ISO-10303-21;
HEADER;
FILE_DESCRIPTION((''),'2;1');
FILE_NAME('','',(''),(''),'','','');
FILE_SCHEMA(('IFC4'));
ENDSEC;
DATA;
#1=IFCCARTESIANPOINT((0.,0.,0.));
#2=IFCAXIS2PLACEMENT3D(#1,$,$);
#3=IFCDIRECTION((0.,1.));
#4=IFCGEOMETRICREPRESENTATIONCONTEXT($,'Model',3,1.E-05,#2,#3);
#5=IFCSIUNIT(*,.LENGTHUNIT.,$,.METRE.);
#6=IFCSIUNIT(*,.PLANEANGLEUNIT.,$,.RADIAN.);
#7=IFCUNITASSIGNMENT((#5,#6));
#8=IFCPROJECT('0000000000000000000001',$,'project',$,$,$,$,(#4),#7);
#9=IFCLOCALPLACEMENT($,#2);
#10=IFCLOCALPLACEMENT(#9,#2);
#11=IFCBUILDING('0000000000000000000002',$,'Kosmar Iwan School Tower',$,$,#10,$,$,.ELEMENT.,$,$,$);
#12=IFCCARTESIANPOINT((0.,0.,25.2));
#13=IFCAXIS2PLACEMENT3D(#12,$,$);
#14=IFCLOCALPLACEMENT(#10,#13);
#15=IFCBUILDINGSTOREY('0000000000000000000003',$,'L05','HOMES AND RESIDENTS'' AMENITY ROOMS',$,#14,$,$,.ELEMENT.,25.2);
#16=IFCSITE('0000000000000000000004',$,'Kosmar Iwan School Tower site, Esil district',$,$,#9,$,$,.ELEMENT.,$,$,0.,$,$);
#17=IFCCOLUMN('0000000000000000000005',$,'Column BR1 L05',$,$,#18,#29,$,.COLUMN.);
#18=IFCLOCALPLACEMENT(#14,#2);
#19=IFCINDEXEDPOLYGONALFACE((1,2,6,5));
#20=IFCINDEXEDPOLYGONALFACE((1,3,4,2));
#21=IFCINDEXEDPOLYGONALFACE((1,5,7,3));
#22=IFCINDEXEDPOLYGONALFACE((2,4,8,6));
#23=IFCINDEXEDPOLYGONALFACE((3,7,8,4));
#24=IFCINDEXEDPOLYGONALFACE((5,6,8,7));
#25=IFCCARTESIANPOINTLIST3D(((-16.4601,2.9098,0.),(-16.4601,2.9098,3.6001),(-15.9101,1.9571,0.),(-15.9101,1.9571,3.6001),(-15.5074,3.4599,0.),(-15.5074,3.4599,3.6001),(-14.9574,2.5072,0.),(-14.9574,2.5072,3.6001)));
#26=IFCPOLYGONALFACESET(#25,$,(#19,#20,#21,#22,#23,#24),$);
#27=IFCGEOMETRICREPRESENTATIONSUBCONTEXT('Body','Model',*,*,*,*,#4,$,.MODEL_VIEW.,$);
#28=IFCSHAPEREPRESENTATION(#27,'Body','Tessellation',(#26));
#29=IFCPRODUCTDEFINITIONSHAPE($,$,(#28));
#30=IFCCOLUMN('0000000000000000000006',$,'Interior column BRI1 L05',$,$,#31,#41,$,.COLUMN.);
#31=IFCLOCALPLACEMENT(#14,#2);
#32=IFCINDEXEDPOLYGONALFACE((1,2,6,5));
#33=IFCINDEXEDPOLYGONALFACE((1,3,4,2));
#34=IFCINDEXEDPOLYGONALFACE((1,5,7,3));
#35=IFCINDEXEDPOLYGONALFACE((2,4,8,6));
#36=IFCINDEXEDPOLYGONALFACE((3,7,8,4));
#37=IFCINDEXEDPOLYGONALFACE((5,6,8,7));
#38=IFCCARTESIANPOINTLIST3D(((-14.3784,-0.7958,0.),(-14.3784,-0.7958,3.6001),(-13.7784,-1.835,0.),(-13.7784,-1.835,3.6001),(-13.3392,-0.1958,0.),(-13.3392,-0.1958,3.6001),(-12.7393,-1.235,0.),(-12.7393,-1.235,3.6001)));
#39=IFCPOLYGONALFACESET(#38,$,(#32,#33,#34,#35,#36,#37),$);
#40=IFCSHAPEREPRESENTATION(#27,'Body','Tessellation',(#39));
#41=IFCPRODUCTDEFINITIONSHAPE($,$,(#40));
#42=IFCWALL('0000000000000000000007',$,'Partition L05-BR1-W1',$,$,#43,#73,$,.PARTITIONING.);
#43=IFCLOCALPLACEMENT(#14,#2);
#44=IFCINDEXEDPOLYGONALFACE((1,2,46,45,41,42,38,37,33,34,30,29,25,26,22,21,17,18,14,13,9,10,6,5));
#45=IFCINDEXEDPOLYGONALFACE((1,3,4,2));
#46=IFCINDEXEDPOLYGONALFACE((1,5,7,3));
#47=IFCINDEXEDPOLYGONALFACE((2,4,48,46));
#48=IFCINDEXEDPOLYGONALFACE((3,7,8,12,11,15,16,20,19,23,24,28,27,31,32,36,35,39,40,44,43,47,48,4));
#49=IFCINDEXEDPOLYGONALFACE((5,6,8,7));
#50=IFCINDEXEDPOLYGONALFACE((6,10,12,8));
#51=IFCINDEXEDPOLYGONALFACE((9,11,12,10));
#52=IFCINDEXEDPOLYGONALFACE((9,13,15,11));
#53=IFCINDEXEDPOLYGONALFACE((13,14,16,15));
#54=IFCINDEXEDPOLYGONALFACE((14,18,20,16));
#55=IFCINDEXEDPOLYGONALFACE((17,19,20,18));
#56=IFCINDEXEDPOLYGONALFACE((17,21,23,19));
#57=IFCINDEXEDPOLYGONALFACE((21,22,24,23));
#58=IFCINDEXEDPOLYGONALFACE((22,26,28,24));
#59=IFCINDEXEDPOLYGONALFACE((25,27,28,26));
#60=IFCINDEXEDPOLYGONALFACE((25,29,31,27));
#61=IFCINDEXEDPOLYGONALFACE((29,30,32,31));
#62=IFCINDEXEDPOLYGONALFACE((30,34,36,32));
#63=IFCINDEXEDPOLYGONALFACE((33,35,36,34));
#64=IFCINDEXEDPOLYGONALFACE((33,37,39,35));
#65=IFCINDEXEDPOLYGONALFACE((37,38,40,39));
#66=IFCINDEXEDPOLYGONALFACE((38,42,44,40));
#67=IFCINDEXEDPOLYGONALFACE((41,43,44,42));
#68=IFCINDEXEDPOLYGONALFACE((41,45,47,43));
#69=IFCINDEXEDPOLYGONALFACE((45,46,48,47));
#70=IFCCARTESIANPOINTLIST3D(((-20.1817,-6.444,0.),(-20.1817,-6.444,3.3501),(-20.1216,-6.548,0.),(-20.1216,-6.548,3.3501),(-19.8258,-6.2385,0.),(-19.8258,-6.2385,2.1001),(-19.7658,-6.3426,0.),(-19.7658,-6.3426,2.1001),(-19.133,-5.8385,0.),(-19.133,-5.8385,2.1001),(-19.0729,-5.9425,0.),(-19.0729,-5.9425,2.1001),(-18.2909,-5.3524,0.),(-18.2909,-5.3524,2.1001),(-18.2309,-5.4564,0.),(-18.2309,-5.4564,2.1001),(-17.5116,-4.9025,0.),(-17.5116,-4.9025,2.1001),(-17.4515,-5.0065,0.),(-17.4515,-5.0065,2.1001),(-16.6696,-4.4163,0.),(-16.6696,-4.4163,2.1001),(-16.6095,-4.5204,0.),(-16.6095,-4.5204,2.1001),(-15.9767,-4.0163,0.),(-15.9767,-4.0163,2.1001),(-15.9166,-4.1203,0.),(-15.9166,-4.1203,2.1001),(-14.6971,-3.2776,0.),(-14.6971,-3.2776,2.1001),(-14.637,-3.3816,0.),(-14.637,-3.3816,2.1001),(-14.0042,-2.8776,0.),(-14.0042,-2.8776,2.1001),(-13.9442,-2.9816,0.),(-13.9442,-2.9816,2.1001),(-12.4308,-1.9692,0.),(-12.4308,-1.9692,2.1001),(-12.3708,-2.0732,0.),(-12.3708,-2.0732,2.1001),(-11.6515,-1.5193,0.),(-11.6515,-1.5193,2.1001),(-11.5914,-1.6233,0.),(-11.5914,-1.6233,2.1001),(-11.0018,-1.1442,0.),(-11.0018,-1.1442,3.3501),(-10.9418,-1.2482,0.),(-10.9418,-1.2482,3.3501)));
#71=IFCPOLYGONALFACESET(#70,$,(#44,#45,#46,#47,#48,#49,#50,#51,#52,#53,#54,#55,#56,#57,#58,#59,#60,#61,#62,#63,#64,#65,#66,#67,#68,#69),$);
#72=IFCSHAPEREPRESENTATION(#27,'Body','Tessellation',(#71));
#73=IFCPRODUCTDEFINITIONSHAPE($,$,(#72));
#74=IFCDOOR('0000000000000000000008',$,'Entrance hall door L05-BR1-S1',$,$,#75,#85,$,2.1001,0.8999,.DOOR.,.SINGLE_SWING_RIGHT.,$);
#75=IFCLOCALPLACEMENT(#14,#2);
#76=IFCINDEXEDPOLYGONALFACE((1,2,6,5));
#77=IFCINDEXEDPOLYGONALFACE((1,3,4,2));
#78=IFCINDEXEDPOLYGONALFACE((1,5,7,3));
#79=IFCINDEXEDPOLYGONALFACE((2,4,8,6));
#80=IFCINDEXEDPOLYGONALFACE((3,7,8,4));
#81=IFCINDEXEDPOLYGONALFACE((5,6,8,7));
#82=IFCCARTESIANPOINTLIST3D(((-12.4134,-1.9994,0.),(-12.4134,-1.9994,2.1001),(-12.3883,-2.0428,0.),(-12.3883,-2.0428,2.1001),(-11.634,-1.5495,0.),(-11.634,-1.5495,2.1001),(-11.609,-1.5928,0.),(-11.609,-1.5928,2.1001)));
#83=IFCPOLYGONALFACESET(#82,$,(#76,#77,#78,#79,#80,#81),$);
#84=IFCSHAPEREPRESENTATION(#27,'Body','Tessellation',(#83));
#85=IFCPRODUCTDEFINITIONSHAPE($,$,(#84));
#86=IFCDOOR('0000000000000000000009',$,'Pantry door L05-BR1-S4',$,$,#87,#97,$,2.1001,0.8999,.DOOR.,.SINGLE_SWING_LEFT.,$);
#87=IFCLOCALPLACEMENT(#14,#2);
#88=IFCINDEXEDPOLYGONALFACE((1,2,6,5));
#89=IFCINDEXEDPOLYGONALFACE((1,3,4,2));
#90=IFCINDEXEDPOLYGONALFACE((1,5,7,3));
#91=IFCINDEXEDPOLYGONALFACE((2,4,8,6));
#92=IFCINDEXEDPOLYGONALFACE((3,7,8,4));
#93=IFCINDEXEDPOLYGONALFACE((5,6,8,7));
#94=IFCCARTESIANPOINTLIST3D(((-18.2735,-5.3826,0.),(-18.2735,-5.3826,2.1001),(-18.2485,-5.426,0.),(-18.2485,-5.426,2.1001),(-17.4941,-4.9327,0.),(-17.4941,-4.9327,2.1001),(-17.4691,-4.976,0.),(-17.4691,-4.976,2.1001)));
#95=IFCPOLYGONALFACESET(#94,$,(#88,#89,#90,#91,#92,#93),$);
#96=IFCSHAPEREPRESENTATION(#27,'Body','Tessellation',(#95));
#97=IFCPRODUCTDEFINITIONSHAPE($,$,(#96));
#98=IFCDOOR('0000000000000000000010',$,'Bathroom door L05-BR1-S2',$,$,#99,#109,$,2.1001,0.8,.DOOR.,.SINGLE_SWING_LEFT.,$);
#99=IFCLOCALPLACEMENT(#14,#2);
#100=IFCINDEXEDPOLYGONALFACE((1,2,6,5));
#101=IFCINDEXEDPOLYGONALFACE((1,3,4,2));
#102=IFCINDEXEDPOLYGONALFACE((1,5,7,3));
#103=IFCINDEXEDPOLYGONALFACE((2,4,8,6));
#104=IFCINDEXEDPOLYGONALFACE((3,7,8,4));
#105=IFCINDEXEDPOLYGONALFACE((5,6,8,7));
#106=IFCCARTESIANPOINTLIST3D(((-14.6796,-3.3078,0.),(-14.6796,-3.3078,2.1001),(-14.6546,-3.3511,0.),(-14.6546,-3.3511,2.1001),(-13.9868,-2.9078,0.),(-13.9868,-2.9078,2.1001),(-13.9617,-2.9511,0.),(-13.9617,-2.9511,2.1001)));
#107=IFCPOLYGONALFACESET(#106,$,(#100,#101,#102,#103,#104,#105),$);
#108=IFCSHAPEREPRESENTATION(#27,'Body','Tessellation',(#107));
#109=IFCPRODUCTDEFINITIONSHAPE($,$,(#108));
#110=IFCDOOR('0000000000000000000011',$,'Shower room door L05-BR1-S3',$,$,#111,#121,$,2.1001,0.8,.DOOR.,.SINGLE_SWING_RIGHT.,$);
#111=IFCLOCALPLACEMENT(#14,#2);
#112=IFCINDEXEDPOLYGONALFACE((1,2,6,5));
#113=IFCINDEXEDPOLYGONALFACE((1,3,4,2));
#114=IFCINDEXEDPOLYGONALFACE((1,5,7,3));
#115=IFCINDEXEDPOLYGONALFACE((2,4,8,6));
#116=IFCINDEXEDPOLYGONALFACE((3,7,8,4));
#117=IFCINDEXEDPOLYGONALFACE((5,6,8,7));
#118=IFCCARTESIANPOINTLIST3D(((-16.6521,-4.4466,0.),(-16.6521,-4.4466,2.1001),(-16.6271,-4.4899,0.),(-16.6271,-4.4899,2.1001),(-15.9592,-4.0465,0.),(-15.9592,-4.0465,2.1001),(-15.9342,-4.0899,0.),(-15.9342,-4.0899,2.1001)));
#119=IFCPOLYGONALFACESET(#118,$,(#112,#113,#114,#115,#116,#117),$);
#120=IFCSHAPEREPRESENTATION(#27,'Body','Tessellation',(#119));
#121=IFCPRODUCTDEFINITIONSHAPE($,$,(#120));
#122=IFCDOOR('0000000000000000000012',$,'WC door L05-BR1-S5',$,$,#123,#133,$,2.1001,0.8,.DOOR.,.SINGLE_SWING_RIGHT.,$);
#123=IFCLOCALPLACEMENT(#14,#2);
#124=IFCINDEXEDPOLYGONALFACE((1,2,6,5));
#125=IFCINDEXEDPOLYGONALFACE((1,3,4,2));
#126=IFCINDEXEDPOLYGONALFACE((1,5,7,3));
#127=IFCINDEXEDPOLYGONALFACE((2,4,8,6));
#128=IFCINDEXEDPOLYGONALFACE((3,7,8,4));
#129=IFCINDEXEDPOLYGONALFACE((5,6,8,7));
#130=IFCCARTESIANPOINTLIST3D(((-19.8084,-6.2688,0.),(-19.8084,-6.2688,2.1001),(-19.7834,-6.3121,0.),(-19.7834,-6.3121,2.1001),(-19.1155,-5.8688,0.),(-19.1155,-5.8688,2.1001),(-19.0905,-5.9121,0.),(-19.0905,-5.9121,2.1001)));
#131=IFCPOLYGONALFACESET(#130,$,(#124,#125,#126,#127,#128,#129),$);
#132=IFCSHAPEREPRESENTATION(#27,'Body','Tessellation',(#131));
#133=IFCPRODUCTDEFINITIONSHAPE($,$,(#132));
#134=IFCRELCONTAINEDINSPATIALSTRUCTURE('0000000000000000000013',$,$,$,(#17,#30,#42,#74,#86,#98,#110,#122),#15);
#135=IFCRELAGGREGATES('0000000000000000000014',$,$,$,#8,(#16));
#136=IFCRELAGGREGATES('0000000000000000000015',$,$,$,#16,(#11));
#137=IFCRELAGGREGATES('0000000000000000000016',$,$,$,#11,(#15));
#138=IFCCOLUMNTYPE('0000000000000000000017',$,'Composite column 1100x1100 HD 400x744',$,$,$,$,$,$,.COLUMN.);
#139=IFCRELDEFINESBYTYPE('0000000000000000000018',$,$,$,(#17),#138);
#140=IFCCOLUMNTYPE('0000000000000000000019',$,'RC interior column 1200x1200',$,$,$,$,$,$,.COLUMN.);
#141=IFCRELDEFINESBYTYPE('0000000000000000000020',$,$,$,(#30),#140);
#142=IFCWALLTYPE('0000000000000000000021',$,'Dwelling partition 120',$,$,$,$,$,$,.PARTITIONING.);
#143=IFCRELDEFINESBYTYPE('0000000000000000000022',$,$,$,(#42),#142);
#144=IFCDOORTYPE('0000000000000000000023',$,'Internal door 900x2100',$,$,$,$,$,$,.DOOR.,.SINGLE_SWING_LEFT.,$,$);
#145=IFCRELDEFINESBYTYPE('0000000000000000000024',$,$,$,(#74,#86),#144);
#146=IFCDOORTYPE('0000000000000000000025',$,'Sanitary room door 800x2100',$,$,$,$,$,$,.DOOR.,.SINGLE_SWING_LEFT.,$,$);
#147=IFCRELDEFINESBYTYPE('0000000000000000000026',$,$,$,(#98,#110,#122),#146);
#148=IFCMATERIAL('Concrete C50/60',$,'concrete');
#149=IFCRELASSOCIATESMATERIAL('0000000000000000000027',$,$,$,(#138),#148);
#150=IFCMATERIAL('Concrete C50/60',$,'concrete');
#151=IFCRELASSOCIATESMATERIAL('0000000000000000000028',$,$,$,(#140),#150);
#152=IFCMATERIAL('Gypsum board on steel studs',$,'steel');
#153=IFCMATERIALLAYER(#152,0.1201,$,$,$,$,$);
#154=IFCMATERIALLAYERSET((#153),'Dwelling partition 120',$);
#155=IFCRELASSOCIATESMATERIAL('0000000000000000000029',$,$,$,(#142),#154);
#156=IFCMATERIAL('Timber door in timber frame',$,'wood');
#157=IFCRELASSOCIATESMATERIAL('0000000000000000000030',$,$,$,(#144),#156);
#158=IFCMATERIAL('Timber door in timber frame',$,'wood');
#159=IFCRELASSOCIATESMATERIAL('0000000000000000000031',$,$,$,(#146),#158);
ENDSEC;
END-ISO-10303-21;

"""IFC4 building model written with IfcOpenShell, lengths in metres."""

from ifc_helpers import new_model, si_unit, direction, frame, frame_2d, origin, origin_2d, place, context, subcontext, project, spatial, rectangle, extrude, material, layer, layer_set, material_profile, profile_set, type_object, element, fill, save


model = new_model("IFC4")

# Units and contexts
model_context = context("Model", 3, precision=1e-05, world=origin(), true_north=direction((0.0, 1.0)))
body_context = subcontext(model_context, "Body", "Model", "MODEL_VIEW")
ifc_project = project(units=[si_unit("LENGTHUNIT", "METRE"), si_unit("PLANEANGLEUNIT", "RADIAN")], contexts=[model_context])

# Site, building, storey
site_placement = place(None, origin())
site = spatial("IfcSite", under=ifc_project, at=site_placement, Name="Kosmar Iwan School Tower site, Esil district", CompositionType="ELEMENT", RefElevation=0.0)
building_placement = place(site_placement, origin())
building = spatial("IfcBuilding", under=site, at=building_placement, Name="Kosmar Iwan School Tower", CompositionType="ELEMENT")
storey_placement = place(building_placement, frame((0.0, 0.0, 25.2)))
storey = spatial("IfcBuildingStorey", under=building, at=storey_placement, Name="L05", Description="HOMES AND RESIDENTS' AMENITY ROOMS", CompositionType="ELEMENT", Elevation=25.2)

# Columns
ifc_material_1 = material(Name="Concrete C50/60", Category="concrete")
ifc_material_profile_1 = material_profile(ifc_material_1, rectangle(XDim=1.1001, YDim=1.1001, at=origin_2d()), Name="RC 1100x1100 + HD 400x744")
ifc_profile_set_1 = profile_set([ifc_material_profile_1], Name="Concrete C50/60")
column_type_1 = type_object("IfcColumnType", Name="Composite column 1100x1100 HD 400x744", PredefinedType="COLUMN", material=ifc_profile_set_1)
column_1_placement = place(storey_placement, frame((-15.7087, 2.7085, 0.0), z_axis=(0.0, 0.0, 1.0), x_axis=(-0.866025, -0.5, 0.0)))
element("IfcColumn", 1, at=column_1_placement, inside=storey, type_object=column_type_1, Name="Column BR1 L05", PredefinedType="COLUMN", context=body_context, shape_type="SweptSolid", body=[
    extrude(rectangle(XDim=1.1001, YDim=1.1001, at=origin_2d()), origin(), (0.0, 0.0, 1.0), 3.6001),
])
ifc_material_2 = material(Name="Concrete C50/60", Category="concrete")
ifc_material_profile_2 = material_profile(ifc_material_2, rectangle(XDim=1.2, YDim=1.2, at=origin_2d()), Name="RC 1200x1200")
ifc_profile_set_2 = profile_set([ifc_material_profile_2], Name="Concrete C50/60")
column_type_2 = type_object("IfcColumnType", Name="RC interior column 1200x1200", PredefinedType="COLUMN", material=ifc_profile_set_2)
column_2_placement = place(storey_placement, frame((-13.5588, -1.0154, 0.0), z_axis=(0.0, 0.0, 1.0), x_axis=(-0.866025, -0.5, 0.0)))
element("IfcColumn", 2, at=column_2_placement, inside=storey, type_object=column_type_2, Name="Interior column BRI1 L05", PredefinedType="COLUMN", context=body_context, shape_type="SweptSolid", body=[
    extrude(rectangle(XDim=1.2, YDim=1.2, at=origin_2d()), origin(), (0.0, 0.0, 1.0), 3.6001),
])

# Wall, openings, doors
ifc_material_3 = material(Name="Gypsum board on steel studs", Category="steel")
ifc_layer = layer(ifc_material_3, 0.1201)
ifc_layer_set = layer_set([ifc_layer], Name="Dwelling partition 120")
wall_type = type_object("IfcWallType", Name="Dwelling partition 120", PredefinedType="PARTITIONING", material=ifc_layer_set)
wall_1_placement = place(storey_placement, frame((-10.9719, -1.1963, 0.0), z_axis=(0.0, 0.0, 1.0), x_axis=(-0.866035, -0.499984, 0.0)))
wall_1 = element("IfcWall", 3, at=wall_1_placement, inside=storey, type_object=wall_type, Name="Partition L05-BR1-W1", PredefinedType="PARTITIONING", context=body_context, shape_type="SweptSolid", body=[
    extrude(rectangle(XDim=10.5999, YDim=0.1201, at=frame_2d((5.2998, 0.0))), origin(), (0.0, 0.0, 1.0), 3.3501),
])
opening_1_placement = place(wall_1_placement, frame((0.75, 0.0, 0.0)))
opening_1 = element("IfcOpeningElement", 4, at=opening_1_placement, cuts=wall_1, PredefinedType="OPENING", context=body_context, shape_type="SweptSolid", body=[
    extrude(rectangle(XDim=0.8999, YDim=2.1001, at=frame_2d((0.45, 1.05))), frame((0.0, 0.072, 0.0), z_axis=(0.0, -1.0, 0.0), x_axis=(1.0, 0.0, 0.0)), (0.0, 0.0, 1.0), 0.144),
])
opening_2_placement = place(wall_1_placement, frame((3.4668, 0.0, 0.0)))
opening_2 = element("IfcOpeningElement", 5, at=opening_2_placement, cuts=wall_1, PredefinedType="OPENING", context=body_context, shape_type="SweptSolid", body=[
    extrude(rectangle(XDim=0.8, YDim=2.1001, at=frame_2d((0.3999, 1.05))), frame((0.0, 0.072, 0.0), z_axis=(0.0, -1.0, 0.0), x_axis=(1.0, 0.0, 0.0)), (0.0, 0.0, 1.0), 0.144),
])
opening_3_placement = place(wall_1_placement, frame((5.7444, 0.0, 0.0)))
opening_3 = element("IfcOpeningElement", 6, at=opening_3_placement, cuts=wall_1, PredefinedType="OPENING", context=body_context, shape_type="SweptSolid", body=[
    extrude(rectangle(XDim=0.8, YDim=2.1001, at=frame_2d((0.3999, 1.05))), frame((0.0, 0.072, 0.0), z_axis=(0.0, -1.0, 0.0), x_axis=(1.0, 0.0, 0.0)), (0.0, 0.0, 1.0), 0.144),
])
opening_4_placement = place(wall_1_placement, frame((7.5166, 0.0, 0.0)))
opening_4 = element("IfcOpeningElement", 7, at=opening_4_placement, cuts=wall_1, PredefinedType="OPENING", context=body_context, shape_type="SweptSolid", body=[
    extrude(rectangle(XDim=0.8999, YDim=2.1001, at=frame_2d((0.45, 1.05))), frame((0.0, 0.072, 0.0), z_axis=(0.0, -1.0, 0.0), x_axis=(1.0, 0.0, 0.0)), (0.0, 0.0, 1.0), 0.144),
])
opening_5_placement = place(wall_1_placement, frame((9.3889, 0.0, 0.0)))
opening_5 = element("IfcOpeningElement", 8, at=opening_5_placement, cuts=wall_1, PredefinedType="OPENING", context=body_context, shape_type="SweptSolid", body=[
    extrude(rectangle(XDim=0.8, YDim=2.1001, at=frame_2d((0.3999, 1.05))), frame((0.0, 0.072, 0.0), z_axis=(0.0, -1.0, 0.0), x_axis=(1.0, 0.0, 0.0)), (0.0, 0.0, 1.0), 0.144),
])
ifc_material_4 = material(Name="Timber door in timber frame", Category="wood")
door_type_1 = type_object("IfcDoorType", Name="Internal door 900x2100", OperationType="SINGLE_SWING_LEFT", PredefinedType="DOOR", material=ifc_material_4)
door_1_placement = place(opening_1_placement, origin())
door_1 = element("IfcDoor", 9, at=door_1_placement, inside=storey, type_object=door_type_1, Name="Entrance hall door L05-BR1-S1", OperationType="SINGLE_SWING_RIGHT", OverallHeight=2.1001, OverallWidth=0.8999, PredefinedType="DOOR", context=body_context, shape_type="SweptSolid", body=[
    extrude(rectangle(XDim=0.8999, YDim=2.1001, at=frame_2d((0.45, 1.05))), frame((0.0, 0.0249, 0.0), z_axis=(0.0, -1.0, 0.0), x_axis=(1.0, 0.0, 0.0)), (0.0, 0.0, 1.0), 0.05),
])
fill(opening_1, door_1)
door_2_placement = place(opening_4_placement, origin())
door_2 = element("IfcDoor", 10, at=door_2_placement, inside=storey, type_object=door_type_1, Name="Pantry door L05-BR1-S4", OperationType="SINGLE_SWING_LEFT", OverallHeight=2.1001, OverallWidth=0.8999, PredefinedType="DOOR", context=body_context, shape_type="SweptSolid", body=[
    extrude(rectangle(XDim=0.8999, YDim=2.1001, at=frame_2d((0.45, 1.05))), frame((0.0, 0.0249, 0.0), z_axis=(0.0, -1.0, 0.0), x_axis=(1.0, 0.0, 0.0)), (0.0, 0.0, 1.0), 0.05),
])
fill(opening_4, door_2)
ifc_material_5 = material(Name="Timber door in timber frame", Category="wood")
door_type_2 = type_object("IfcDoorType", Name="Sanitary room door 800x2100", OperationType="SINGLE_SWING_LEFT", PredefinedType="DOOR", material=ifc_material_5)
door_3_placement = place(opening_2_placement, origin())
door_3 = element("IfcDoor", 11, at=door_3_placement, inside=storey, type_object=door_type_2, Name="Bathroom door L05-BR1-S2", OperationType="SINGLE_SWING_LEFT", OverallHeight=2.1001, OverallWidth=0.8, PredefinedType="DOOR", context=body_context, shape_type="SweptSolid", body=[
    extrude(rectangle(XDim=0.8, YDim=2.1001, at=frame_2d((0.3999, 1.05))), frame((0.0, 0.0249, 0.0), z_axis=(0.0, -1.0, 0.0), x_axis=(1.0, 0.0, 0.0)), (0.0, 0.0, 1.0), 0.05),
])
fill(opening_2, door_3)
door_4_placement = place(opening_3_placement, origin())
door_4 = element("IfcDoor", 12, at=door_4_placement, inside=storey, type_object=door_type_2, Name="Shower room door L05-BR1-S3", OperationType="SINGLE_SWING_RIGHT", OverallHeight=2.1001, OverallWidth=0.8, PredefinedType="DOOR", context=body_context, shape_type="SweptSolid", body=[
    extrude(rectangle(XDim=0.8, YDim=2.1001, at=frame_2d((0.3999, 1.05))), frame((0.0, 0.0249, 0.0), z_axis=(0.0, -1.0, 0.0), x_axis=(1.0, 0.0, 0.0)), (0.0, 0.0, 1.0), 0.05),
])
fill(opening_3, door_4)
door_5_placement = place(opening_5_placement, origin())
door_5 = element("IfcDoor", 13, at=door_5_placement, inside=storey, type_object=door_type_2, Name="WC door L05-BR1-S5", OperationType="SINGLE_SWING_RIGHT", OverallHeight=2.1001, OverallWidth=0.8, PredefinedType="DOOR", context=body_context, shape_type="SweptSolid", body=[
    extrude(rectangle(XDim=0.8, YDim=2.1001, at=frame_2d((0.3999, 1.05))), frame((0.0, 0.0249, 0.0), z_axis=(0.0, -1.0, 0.0), x_axis=(1.0, 0.0, 0.0)), (0.0, 0.0, 1.0), 0.05),
])
fill(opening_5, door_5)

save(model, "model.ifc")
